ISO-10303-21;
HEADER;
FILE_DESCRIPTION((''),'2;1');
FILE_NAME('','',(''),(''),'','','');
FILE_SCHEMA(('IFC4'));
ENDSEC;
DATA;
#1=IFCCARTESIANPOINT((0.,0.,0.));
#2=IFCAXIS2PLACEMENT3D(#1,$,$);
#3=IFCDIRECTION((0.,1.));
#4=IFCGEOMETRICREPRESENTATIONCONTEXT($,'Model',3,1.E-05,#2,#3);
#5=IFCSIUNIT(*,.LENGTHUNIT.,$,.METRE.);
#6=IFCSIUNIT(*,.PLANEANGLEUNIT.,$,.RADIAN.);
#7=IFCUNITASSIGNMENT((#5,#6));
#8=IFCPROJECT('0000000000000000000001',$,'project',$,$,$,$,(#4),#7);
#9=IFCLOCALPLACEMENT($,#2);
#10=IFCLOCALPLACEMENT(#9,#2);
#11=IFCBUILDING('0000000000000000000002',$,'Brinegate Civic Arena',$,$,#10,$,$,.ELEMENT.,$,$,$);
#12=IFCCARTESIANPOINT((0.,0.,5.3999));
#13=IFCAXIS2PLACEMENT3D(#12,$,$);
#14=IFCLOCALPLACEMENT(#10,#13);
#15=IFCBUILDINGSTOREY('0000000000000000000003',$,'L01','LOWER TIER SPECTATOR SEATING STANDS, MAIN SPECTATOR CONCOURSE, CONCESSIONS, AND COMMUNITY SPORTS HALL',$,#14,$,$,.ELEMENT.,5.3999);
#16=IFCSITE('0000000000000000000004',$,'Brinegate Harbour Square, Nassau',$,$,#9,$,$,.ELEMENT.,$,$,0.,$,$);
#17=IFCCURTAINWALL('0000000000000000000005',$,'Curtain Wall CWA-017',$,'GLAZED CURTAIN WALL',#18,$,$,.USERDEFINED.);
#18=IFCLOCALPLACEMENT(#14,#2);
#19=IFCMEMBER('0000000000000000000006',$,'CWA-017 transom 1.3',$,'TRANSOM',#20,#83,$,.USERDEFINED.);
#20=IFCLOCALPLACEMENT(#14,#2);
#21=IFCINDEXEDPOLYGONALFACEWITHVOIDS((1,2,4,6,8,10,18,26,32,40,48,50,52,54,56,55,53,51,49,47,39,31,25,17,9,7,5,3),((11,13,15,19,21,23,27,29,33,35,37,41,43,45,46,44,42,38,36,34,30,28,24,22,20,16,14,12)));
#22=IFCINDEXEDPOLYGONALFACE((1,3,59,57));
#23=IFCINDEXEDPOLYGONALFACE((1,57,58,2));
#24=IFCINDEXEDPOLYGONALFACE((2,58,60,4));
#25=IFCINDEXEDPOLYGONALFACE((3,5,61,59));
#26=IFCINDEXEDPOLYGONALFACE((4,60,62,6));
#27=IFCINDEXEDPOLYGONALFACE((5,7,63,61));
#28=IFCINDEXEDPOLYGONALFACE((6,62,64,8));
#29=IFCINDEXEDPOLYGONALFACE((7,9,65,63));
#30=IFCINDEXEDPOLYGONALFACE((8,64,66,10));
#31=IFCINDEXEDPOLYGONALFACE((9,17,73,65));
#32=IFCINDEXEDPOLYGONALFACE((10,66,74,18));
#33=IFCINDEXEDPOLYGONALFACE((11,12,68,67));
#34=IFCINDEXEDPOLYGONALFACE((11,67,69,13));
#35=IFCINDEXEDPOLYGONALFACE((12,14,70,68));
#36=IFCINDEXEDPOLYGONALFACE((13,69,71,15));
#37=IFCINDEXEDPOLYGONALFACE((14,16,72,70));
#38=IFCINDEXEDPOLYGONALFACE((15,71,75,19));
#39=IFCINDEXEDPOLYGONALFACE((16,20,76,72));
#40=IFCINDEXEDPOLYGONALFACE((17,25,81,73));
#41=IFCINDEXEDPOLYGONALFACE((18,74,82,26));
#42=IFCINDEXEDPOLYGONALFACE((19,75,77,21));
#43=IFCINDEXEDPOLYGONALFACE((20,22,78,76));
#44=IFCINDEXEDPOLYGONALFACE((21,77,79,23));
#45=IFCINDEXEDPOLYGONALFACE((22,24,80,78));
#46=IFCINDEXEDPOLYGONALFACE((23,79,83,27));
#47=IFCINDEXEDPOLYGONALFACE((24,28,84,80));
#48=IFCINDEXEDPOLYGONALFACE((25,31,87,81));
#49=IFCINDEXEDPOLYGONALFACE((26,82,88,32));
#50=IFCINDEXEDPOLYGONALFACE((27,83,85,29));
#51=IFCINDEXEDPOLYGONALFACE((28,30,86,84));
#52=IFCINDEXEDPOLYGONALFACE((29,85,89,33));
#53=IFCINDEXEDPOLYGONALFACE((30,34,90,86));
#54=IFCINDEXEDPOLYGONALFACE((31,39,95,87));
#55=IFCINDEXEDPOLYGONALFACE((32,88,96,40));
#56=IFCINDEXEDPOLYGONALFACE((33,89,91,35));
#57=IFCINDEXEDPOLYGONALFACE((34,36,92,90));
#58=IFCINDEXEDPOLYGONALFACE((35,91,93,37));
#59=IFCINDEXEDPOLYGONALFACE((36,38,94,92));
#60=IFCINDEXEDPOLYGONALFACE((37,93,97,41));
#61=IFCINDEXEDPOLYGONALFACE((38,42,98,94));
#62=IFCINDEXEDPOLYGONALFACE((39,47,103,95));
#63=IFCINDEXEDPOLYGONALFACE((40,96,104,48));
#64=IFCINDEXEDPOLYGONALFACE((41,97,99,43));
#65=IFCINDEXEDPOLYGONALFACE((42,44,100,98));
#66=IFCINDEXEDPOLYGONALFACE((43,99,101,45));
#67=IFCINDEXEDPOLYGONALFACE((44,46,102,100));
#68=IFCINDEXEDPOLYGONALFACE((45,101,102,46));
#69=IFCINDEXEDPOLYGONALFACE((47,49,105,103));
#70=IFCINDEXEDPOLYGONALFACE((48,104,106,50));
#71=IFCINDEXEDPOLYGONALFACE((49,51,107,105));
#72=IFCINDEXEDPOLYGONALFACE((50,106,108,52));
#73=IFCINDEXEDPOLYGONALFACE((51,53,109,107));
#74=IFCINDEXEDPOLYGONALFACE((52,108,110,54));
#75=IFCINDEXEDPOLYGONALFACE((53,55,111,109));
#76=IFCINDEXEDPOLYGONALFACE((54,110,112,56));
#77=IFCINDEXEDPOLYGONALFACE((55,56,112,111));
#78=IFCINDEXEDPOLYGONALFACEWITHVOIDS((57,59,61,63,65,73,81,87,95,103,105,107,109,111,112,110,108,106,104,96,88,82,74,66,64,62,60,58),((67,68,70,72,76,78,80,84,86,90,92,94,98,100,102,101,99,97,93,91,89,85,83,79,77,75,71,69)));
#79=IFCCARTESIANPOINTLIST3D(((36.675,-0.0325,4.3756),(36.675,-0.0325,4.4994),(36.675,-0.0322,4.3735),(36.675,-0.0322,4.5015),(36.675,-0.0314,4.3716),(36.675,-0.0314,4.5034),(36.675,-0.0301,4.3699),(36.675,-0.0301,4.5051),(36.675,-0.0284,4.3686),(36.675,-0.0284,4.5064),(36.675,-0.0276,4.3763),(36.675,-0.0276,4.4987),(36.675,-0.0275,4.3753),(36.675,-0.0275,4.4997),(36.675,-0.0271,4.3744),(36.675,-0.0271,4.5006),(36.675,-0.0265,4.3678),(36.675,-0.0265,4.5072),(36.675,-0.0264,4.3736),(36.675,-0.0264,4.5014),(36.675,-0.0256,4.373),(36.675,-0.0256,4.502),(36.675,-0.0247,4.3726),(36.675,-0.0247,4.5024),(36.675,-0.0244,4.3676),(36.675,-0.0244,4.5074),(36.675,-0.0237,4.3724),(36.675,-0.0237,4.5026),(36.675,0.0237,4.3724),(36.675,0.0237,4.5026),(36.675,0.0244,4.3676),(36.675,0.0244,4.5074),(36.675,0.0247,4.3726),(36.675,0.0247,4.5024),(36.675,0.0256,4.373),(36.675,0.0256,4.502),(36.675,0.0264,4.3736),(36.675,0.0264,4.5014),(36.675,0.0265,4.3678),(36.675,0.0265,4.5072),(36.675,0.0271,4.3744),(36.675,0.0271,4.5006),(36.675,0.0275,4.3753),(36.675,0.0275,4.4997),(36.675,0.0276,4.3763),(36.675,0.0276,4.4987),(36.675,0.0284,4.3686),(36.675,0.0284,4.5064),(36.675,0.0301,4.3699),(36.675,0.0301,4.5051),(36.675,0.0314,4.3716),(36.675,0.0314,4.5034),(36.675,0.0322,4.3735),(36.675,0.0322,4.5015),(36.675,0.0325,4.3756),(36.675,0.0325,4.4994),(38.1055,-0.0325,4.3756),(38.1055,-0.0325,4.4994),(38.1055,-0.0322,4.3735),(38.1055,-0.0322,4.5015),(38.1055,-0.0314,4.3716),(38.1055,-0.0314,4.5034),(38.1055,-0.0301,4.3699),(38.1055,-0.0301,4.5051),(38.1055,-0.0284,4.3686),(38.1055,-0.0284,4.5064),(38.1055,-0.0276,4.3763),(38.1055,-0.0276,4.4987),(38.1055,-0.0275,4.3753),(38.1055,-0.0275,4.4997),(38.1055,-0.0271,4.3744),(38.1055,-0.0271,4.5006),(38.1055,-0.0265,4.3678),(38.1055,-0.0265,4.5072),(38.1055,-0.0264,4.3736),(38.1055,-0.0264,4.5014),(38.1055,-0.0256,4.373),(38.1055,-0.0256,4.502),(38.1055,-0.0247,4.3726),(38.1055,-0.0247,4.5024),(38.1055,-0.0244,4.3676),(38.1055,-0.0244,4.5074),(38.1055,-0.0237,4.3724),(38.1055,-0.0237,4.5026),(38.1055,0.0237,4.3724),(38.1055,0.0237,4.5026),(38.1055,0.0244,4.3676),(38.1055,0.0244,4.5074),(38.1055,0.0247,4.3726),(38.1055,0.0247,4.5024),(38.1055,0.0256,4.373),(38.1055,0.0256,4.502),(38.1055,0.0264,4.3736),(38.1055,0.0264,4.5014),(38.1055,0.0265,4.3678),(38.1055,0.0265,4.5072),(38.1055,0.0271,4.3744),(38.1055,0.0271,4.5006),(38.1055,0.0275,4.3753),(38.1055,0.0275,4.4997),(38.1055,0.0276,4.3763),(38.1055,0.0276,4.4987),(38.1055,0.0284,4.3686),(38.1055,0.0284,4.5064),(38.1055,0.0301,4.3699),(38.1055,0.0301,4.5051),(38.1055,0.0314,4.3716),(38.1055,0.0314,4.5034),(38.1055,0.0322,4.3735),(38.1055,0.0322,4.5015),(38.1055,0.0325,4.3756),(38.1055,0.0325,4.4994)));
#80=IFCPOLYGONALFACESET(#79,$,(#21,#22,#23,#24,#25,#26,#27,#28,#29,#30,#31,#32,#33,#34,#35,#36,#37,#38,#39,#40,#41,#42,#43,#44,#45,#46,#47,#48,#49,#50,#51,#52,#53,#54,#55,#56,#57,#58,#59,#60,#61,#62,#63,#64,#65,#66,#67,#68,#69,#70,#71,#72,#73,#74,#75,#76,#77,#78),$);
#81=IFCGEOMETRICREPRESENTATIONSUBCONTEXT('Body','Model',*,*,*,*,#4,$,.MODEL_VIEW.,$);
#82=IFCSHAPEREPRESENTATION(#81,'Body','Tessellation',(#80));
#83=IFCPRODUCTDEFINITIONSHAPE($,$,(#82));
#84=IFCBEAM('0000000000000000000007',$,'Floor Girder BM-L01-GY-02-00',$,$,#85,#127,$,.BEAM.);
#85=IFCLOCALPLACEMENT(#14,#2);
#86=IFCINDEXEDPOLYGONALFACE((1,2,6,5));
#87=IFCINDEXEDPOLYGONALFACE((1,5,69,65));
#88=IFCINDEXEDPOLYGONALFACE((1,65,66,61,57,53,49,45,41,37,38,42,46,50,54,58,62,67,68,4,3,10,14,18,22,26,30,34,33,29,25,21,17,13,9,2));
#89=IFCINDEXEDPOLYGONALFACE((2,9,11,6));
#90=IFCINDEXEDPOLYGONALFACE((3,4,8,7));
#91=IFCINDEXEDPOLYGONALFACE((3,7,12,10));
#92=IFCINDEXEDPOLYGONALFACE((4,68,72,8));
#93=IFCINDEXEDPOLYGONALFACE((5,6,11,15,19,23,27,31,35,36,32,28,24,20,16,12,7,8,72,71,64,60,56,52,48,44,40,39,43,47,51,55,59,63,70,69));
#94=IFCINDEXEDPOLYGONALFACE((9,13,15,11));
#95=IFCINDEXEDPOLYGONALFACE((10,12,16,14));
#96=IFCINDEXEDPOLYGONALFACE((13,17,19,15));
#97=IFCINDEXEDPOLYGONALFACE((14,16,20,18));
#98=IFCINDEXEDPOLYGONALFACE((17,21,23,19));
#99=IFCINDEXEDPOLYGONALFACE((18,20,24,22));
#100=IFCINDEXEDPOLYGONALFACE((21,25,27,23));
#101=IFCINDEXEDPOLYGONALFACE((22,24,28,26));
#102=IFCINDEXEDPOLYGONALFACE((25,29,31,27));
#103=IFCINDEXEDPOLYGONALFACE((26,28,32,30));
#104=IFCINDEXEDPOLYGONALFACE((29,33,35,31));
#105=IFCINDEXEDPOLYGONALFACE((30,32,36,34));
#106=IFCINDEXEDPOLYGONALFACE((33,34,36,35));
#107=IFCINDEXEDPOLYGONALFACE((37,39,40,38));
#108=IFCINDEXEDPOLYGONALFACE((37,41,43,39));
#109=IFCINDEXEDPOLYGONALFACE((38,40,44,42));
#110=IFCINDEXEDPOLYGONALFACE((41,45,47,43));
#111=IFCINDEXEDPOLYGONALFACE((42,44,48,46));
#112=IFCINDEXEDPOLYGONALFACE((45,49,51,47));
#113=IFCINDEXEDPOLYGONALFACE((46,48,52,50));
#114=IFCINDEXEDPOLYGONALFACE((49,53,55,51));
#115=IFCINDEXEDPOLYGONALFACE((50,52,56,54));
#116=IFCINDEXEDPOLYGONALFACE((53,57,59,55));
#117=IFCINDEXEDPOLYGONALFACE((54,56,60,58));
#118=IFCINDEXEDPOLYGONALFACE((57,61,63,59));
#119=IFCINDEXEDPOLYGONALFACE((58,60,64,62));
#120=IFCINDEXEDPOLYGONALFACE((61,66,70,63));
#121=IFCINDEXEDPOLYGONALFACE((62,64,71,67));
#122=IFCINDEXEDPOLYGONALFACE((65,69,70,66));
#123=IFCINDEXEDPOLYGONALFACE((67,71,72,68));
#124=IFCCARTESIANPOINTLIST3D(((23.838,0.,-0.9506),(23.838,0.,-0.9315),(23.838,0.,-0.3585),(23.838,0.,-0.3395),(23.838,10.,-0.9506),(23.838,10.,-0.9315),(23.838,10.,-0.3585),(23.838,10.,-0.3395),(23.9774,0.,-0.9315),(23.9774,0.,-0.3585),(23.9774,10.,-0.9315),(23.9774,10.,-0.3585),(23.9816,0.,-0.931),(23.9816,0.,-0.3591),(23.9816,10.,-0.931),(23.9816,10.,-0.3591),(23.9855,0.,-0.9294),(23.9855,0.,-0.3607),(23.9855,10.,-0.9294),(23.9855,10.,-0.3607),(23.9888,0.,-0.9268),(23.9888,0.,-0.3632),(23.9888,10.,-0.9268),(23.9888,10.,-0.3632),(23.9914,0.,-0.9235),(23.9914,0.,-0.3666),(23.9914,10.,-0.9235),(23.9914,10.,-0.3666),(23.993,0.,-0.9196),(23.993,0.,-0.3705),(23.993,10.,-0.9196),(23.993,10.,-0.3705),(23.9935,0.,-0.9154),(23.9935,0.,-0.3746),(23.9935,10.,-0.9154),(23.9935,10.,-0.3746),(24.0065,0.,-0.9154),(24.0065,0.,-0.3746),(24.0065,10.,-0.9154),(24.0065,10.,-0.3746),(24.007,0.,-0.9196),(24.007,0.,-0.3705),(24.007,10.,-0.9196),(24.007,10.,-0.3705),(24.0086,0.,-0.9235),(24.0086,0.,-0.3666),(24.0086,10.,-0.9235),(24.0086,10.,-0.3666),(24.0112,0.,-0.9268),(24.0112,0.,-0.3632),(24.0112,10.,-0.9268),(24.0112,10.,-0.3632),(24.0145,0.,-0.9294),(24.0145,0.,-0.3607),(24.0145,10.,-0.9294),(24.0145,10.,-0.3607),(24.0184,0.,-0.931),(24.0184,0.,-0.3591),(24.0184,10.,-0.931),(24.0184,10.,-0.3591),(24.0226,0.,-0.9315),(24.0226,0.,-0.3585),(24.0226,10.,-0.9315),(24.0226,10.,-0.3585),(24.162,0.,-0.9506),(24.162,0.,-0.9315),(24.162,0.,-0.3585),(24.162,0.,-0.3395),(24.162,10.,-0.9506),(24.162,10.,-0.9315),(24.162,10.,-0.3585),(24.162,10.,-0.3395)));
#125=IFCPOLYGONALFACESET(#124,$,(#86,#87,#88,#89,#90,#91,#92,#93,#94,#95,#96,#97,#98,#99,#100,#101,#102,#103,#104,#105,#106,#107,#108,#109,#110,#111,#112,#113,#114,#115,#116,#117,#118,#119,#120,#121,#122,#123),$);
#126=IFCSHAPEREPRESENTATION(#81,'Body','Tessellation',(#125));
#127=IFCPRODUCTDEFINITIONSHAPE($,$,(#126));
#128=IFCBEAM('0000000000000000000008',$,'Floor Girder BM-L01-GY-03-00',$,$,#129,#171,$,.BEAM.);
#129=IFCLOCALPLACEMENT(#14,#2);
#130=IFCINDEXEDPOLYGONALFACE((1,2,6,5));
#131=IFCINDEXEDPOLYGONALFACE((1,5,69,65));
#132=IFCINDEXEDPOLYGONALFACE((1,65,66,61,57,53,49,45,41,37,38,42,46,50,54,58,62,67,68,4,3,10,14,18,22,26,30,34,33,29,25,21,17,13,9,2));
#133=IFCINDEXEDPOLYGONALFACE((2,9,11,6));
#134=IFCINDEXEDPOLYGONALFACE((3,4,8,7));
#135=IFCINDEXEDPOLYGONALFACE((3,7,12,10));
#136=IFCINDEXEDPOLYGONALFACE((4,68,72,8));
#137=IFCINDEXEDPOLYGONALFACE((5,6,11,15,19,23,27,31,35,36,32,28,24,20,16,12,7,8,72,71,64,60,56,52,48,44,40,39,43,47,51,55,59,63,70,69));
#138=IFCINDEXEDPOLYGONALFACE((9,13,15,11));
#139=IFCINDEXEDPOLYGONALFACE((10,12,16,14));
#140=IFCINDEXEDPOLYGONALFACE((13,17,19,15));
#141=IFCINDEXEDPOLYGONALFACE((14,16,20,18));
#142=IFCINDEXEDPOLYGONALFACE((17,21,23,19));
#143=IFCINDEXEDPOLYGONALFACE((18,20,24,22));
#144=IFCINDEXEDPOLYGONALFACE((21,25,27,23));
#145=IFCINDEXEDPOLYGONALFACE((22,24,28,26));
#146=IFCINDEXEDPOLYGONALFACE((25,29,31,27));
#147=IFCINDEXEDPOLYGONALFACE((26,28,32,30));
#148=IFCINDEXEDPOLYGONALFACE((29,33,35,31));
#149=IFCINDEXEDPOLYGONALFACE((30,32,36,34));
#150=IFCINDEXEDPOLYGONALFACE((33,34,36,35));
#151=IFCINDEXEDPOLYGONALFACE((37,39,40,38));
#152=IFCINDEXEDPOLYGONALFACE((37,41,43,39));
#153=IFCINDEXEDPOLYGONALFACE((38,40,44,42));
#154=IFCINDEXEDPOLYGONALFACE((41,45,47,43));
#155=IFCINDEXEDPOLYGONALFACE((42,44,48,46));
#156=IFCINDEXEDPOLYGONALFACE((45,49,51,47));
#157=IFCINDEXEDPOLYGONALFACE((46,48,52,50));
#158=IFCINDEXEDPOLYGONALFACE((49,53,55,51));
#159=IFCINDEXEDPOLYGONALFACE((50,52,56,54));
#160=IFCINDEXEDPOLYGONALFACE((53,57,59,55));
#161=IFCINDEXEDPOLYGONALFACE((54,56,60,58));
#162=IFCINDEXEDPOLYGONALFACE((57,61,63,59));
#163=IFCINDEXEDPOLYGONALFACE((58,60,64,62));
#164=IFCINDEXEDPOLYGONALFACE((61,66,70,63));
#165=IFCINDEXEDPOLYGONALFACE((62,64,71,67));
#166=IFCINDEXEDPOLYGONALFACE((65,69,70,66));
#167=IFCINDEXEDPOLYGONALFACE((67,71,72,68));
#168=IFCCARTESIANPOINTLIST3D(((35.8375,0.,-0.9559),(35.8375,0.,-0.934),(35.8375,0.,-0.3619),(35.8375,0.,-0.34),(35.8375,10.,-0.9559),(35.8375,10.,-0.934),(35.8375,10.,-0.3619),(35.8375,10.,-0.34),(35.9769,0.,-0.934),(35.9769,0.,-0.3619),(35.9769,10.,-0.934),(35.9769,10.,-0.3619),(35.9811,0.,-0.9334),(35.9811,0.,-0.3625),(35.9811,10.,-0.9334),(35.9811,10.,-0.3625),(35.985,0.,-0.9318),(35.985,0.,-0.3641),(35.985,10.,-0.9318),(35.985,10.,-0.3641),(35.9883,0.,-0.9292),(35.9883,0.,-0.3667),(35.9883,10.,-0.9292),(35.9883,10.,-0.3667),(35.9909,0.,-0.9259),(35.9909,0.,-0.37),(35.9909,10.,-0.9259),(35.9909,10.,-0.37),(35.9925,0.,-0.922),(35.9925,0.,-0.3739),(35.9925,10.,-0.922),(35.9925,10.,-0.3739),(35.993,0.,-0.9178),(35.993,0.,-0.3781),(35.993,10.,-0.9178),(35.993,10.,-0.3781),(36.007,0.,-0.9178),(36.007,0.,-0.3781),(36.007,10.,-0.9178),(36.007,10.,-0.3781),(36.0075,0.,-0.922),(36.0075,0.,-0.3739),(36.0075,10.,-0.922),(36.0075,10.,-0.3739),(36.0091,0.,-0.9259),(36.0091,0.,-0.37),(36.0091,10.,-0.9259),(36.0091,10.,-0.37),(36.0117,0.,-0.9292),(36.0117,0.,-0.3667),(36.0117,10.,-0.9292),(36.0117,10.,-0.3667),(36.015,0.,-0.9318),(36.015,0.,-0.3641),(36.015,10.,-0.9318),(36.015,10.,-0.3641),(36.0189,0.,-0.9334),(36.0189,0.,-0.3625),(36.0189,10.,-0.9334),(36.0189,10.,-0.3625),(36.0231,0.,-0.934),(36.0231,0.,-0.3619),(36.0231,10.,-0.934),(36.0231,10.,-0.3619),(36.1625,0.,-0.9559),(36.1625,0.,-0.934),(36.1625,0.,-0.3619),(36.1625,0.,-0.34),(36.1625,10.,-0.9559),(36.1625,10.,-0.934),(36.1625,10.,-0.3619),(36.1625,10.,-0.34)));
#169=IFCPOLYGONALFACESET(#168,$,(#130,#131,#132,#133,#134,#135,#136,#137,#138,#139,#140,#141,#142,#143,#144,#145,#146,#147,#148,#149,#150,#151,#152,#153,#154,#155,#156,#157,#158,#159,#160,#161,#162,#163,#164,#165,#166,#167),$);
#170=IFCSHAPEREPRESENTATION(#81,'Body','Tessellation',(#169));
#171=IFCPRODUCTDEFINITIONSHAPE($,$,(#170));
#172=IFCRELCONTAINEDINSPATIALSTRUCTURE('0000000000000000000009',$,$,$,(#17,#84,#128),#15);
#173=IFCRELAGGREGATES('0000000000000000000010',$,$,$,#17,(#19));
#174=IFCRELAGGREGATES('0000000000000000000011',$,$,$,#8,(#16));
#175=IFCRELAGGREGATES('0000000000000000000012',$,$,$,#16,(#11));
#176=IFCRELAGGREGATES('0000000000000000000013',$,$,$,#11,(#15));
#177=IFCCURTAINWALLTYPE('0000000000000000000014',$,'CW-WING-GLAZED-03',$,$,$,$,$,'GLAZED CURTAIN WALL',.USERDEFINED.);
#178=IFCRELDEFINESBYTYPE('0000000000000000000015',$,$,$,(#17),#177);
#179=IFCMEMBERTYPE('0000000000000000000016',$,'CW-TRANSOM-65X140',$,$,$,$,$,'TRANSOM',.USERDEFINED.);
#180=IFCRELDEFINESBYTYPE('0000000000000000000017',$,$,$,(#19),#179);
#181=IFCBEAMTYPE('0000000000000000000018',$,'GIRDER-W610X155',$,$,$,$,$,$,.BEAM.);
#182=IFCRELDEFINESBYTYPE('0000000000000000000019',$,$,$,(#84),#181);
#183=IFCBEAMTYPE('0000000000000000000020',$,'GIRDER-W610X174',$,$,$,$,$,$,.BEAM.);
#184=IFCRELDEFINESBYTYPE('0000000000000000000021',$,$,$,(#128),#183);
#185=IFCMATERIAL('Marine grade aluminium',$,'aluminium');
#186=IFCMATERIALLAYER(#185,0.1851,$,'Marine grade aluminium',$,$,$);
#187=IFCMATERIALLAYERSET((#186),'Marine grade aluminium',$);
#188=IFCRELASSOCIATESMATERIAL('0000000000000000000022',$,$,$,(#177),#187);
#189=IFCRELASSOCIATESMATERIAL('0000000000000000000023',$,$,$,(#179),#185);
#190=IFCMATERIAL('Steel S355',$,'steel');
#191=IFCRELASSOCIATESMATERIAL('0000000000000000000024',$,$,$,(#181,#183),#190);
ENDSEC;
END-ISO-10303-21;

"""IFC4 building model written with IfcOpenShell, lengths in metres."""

from ifc_helpers import new_model, si_unit, direction, frame, origin, origin_2d, place, context, subcontext, project, spatial, hollow_rectangle, i_section, extrude, material, layer, layer_set, material_profile, profile_set, type_object, element, aggregate, save


model = new_model("IFC4")

# Units and contexts
model_context = context("Model", 3, precision=1e-05, world=origin(), true_north=direction((0.0, 1.0)))
body_context = subcontext(model_context, "Body", "Model", "MODEL_VIEW")
ifc_project = project(units=[si_unit("LENGTHUNIT", "METRE"), si_unit("PLANEANGLEUNIT", "RADIAN")], contexts=[model_context])

# Site, building, storey
site_placement = place(None, origin())
site = spatial("IfcSite", under=ifc_project, at=site_placement, Name="Brinegate Harbour Square, Nassau", CompositionType="ELEMENT", RefElevation=0.0)
building_placement = place(site_placement, origin())
building = spatial("IfcBuilding", under=site, at=building_placement, Name="Brinegate Civic Arena", CompositionType="ELEMENT")
storey_placement = place(building_placement, frame((0.0, 0.0, 5.3999)))
storey = spatial("IfcBuildingStorey", under=building, at=storey_placement, Name="L01", Description="LOWER TIER SPECTATOR SEATING STANDS, MAIN SPECTATOR CONCOURSE, CONCESSIONS, AND COMMUNITY SPORTS HALL", CompositionType="ELEMENT", Elevation=5.3999)

# Shared definitions
ifc_material_1 = material(Name="Steel S355", Category="steel")

# Curtain wall, member
ifc_material_2 = material(Name="Marine grade aluminium", Category="aluminium")
ifc_layer_1 = layer(ifc_material_2, 0.1851, Name="Marine grade aluminium")
ifc_layer_set_1 = layer_set([ifc_layer_1], Name="Marine grade aluminium")
curtain_wall_type = type_object("IfcCurtainWallType", Name="CW-WING-GLAZED-03", ElementType="GLAZED CURTAIN WALL", PredefinedType="USERDEFINED", material=ifc_layer_set_1)
curtain_wall_placement = place(storey_placement, origin())
curtain_wall = element("IfcCurtainWall", 1, at=curtain_wall_placement, inside=storey, type_object=curtain_wall_type, Name="Curtain Wall CWA-017", ObjectType="GLAZED CURTAIN WALL", PredefinedType="USERDEFINED")
ifc_material_profile_1 = material_profile(ifc_material_2, hollow_rectangle(XDim=0.0649, YDim=0.1399, WallThickness=0.0049, InnerFilletRadius=0.0039, OuterFilletRadius=0.0081, at=origin_2d()), Name="TRN65X140")
ifc_profile_set_1 = profile_set([ifc_material_profile_1], Name="Marine grade aluminium")
member_type_1 = type_object("IfcMemberType", Name="CW-TRANSOM-65X140", ElementType="TRANSOM", PredefinedType="USERDEFINED", material=ifc_profile_set_1)
member_1_placement = place(storey_placement, frame((36.675, 0.0, 4.4375), z_axis=(1.0, 0.0, 0.0), x_axis=(0.0, 1.0, 0.0)))
member_1 = element("IfcMember", 2, at=member_1_placement, type_object=member_type_1, Name="CWA-017 transom 1.3", ObjectType="TRANSOM", PredefinedType="USERDEFINED", context=body_context, shape_type="SweptSolid", body=[
    extrude(hollow_rectangle(XDim=0.0649, YDim=0.1399, WallThickness=0.0049, InnerFilletRadius=0.0039, OuterFilletRadius=0.0081, at=origin_2d()), origin(), (0.0, 0.0, 1.0), 1.4304),
])

# Beams
ifc_material_profile_2 = material_profile(ifc_material_1, i_section(OverallWidth=0.324, OverallDepth=0.6111, WebThickness=0.0129, FlangeThickness=0.019, FilletRadius=0.0161, at=origin_2d()), Name="W610X155")
ifc_profile_set_2 = profile_set([ifc_material_profile_2], Name="Steel S355")
beam_type_1 = type_object("IfcBeamType", Name="GIRDER-W610X155", PredefinedType="BEAM", material=ifc_profile_set_2)
beam_1_placement = place(storey_placement, frame((24.0, 0.0, -0.645), z_axis=(0.0, 1.0, 0.0), x_axis=(-1.0, 0.0, 0.0)))
element("IfcBeam", 3, at=beam_1_placement, inside=storey, type_object=beam_type_1, Name="Floor Girder BM-L01-GY-02-00", PredefinedType="BEAM", context=body_context, shape_type="SweptSolid", body=[
    extrude(i_section(OverallWidth=0.324, OverallDepth=0.6111, WebThickness=0.0129, FlangeThickness=0.019, FilletRadius=0.0161, at=origin_2d()), origin(), (0.0, 0.0, 1.0), 10.0),
])
ifc_material_profile_3 = material_profile(ifc_material_1, i_section(OverallWidth=0.325, OverallDepth=0.616, WebThickness=0.0139, FlangeThickness=0.022, FilletRadius=0.0161, at=origin_2d()), Name="W610X174")
ifc_profile_set_3 = profile_set([ifc_material_profile_3], Name="Steel S355")
beam_type_2 = type_object("IfcBeamType", Name="GIRDER-W610X174", PredefinedType="BEAM", material=ifc_profile_set_3)
beam_2_placement = place(storey_placement, frame((36.0, 0.0, -0.6479), z_axis=(0.0, 1.0, 0.0), x_axis=(-1.0, 0.0, 0.0)))
element("IfcBeam", 4, at=beam_2_placement, inside=storey, type_object=beam_type_2, Name="Floor Girder BM-L01-GY-03-00", PredefinedType="BEAM", context=body_context, shape_type="SweptSolid", body=[
    extrude(i_section(OverallWidth=0.325, OverallDepth=0.616, WebThickness=0.0139, FlangeThickness=0.022, FilletRadius=0.0161, at=origin_2d()), origin(), (0.0, 0.0, 1.0), 10.0),
])

aggregate(curtain_wall, [member_1])

save(model, "model.ifc")
